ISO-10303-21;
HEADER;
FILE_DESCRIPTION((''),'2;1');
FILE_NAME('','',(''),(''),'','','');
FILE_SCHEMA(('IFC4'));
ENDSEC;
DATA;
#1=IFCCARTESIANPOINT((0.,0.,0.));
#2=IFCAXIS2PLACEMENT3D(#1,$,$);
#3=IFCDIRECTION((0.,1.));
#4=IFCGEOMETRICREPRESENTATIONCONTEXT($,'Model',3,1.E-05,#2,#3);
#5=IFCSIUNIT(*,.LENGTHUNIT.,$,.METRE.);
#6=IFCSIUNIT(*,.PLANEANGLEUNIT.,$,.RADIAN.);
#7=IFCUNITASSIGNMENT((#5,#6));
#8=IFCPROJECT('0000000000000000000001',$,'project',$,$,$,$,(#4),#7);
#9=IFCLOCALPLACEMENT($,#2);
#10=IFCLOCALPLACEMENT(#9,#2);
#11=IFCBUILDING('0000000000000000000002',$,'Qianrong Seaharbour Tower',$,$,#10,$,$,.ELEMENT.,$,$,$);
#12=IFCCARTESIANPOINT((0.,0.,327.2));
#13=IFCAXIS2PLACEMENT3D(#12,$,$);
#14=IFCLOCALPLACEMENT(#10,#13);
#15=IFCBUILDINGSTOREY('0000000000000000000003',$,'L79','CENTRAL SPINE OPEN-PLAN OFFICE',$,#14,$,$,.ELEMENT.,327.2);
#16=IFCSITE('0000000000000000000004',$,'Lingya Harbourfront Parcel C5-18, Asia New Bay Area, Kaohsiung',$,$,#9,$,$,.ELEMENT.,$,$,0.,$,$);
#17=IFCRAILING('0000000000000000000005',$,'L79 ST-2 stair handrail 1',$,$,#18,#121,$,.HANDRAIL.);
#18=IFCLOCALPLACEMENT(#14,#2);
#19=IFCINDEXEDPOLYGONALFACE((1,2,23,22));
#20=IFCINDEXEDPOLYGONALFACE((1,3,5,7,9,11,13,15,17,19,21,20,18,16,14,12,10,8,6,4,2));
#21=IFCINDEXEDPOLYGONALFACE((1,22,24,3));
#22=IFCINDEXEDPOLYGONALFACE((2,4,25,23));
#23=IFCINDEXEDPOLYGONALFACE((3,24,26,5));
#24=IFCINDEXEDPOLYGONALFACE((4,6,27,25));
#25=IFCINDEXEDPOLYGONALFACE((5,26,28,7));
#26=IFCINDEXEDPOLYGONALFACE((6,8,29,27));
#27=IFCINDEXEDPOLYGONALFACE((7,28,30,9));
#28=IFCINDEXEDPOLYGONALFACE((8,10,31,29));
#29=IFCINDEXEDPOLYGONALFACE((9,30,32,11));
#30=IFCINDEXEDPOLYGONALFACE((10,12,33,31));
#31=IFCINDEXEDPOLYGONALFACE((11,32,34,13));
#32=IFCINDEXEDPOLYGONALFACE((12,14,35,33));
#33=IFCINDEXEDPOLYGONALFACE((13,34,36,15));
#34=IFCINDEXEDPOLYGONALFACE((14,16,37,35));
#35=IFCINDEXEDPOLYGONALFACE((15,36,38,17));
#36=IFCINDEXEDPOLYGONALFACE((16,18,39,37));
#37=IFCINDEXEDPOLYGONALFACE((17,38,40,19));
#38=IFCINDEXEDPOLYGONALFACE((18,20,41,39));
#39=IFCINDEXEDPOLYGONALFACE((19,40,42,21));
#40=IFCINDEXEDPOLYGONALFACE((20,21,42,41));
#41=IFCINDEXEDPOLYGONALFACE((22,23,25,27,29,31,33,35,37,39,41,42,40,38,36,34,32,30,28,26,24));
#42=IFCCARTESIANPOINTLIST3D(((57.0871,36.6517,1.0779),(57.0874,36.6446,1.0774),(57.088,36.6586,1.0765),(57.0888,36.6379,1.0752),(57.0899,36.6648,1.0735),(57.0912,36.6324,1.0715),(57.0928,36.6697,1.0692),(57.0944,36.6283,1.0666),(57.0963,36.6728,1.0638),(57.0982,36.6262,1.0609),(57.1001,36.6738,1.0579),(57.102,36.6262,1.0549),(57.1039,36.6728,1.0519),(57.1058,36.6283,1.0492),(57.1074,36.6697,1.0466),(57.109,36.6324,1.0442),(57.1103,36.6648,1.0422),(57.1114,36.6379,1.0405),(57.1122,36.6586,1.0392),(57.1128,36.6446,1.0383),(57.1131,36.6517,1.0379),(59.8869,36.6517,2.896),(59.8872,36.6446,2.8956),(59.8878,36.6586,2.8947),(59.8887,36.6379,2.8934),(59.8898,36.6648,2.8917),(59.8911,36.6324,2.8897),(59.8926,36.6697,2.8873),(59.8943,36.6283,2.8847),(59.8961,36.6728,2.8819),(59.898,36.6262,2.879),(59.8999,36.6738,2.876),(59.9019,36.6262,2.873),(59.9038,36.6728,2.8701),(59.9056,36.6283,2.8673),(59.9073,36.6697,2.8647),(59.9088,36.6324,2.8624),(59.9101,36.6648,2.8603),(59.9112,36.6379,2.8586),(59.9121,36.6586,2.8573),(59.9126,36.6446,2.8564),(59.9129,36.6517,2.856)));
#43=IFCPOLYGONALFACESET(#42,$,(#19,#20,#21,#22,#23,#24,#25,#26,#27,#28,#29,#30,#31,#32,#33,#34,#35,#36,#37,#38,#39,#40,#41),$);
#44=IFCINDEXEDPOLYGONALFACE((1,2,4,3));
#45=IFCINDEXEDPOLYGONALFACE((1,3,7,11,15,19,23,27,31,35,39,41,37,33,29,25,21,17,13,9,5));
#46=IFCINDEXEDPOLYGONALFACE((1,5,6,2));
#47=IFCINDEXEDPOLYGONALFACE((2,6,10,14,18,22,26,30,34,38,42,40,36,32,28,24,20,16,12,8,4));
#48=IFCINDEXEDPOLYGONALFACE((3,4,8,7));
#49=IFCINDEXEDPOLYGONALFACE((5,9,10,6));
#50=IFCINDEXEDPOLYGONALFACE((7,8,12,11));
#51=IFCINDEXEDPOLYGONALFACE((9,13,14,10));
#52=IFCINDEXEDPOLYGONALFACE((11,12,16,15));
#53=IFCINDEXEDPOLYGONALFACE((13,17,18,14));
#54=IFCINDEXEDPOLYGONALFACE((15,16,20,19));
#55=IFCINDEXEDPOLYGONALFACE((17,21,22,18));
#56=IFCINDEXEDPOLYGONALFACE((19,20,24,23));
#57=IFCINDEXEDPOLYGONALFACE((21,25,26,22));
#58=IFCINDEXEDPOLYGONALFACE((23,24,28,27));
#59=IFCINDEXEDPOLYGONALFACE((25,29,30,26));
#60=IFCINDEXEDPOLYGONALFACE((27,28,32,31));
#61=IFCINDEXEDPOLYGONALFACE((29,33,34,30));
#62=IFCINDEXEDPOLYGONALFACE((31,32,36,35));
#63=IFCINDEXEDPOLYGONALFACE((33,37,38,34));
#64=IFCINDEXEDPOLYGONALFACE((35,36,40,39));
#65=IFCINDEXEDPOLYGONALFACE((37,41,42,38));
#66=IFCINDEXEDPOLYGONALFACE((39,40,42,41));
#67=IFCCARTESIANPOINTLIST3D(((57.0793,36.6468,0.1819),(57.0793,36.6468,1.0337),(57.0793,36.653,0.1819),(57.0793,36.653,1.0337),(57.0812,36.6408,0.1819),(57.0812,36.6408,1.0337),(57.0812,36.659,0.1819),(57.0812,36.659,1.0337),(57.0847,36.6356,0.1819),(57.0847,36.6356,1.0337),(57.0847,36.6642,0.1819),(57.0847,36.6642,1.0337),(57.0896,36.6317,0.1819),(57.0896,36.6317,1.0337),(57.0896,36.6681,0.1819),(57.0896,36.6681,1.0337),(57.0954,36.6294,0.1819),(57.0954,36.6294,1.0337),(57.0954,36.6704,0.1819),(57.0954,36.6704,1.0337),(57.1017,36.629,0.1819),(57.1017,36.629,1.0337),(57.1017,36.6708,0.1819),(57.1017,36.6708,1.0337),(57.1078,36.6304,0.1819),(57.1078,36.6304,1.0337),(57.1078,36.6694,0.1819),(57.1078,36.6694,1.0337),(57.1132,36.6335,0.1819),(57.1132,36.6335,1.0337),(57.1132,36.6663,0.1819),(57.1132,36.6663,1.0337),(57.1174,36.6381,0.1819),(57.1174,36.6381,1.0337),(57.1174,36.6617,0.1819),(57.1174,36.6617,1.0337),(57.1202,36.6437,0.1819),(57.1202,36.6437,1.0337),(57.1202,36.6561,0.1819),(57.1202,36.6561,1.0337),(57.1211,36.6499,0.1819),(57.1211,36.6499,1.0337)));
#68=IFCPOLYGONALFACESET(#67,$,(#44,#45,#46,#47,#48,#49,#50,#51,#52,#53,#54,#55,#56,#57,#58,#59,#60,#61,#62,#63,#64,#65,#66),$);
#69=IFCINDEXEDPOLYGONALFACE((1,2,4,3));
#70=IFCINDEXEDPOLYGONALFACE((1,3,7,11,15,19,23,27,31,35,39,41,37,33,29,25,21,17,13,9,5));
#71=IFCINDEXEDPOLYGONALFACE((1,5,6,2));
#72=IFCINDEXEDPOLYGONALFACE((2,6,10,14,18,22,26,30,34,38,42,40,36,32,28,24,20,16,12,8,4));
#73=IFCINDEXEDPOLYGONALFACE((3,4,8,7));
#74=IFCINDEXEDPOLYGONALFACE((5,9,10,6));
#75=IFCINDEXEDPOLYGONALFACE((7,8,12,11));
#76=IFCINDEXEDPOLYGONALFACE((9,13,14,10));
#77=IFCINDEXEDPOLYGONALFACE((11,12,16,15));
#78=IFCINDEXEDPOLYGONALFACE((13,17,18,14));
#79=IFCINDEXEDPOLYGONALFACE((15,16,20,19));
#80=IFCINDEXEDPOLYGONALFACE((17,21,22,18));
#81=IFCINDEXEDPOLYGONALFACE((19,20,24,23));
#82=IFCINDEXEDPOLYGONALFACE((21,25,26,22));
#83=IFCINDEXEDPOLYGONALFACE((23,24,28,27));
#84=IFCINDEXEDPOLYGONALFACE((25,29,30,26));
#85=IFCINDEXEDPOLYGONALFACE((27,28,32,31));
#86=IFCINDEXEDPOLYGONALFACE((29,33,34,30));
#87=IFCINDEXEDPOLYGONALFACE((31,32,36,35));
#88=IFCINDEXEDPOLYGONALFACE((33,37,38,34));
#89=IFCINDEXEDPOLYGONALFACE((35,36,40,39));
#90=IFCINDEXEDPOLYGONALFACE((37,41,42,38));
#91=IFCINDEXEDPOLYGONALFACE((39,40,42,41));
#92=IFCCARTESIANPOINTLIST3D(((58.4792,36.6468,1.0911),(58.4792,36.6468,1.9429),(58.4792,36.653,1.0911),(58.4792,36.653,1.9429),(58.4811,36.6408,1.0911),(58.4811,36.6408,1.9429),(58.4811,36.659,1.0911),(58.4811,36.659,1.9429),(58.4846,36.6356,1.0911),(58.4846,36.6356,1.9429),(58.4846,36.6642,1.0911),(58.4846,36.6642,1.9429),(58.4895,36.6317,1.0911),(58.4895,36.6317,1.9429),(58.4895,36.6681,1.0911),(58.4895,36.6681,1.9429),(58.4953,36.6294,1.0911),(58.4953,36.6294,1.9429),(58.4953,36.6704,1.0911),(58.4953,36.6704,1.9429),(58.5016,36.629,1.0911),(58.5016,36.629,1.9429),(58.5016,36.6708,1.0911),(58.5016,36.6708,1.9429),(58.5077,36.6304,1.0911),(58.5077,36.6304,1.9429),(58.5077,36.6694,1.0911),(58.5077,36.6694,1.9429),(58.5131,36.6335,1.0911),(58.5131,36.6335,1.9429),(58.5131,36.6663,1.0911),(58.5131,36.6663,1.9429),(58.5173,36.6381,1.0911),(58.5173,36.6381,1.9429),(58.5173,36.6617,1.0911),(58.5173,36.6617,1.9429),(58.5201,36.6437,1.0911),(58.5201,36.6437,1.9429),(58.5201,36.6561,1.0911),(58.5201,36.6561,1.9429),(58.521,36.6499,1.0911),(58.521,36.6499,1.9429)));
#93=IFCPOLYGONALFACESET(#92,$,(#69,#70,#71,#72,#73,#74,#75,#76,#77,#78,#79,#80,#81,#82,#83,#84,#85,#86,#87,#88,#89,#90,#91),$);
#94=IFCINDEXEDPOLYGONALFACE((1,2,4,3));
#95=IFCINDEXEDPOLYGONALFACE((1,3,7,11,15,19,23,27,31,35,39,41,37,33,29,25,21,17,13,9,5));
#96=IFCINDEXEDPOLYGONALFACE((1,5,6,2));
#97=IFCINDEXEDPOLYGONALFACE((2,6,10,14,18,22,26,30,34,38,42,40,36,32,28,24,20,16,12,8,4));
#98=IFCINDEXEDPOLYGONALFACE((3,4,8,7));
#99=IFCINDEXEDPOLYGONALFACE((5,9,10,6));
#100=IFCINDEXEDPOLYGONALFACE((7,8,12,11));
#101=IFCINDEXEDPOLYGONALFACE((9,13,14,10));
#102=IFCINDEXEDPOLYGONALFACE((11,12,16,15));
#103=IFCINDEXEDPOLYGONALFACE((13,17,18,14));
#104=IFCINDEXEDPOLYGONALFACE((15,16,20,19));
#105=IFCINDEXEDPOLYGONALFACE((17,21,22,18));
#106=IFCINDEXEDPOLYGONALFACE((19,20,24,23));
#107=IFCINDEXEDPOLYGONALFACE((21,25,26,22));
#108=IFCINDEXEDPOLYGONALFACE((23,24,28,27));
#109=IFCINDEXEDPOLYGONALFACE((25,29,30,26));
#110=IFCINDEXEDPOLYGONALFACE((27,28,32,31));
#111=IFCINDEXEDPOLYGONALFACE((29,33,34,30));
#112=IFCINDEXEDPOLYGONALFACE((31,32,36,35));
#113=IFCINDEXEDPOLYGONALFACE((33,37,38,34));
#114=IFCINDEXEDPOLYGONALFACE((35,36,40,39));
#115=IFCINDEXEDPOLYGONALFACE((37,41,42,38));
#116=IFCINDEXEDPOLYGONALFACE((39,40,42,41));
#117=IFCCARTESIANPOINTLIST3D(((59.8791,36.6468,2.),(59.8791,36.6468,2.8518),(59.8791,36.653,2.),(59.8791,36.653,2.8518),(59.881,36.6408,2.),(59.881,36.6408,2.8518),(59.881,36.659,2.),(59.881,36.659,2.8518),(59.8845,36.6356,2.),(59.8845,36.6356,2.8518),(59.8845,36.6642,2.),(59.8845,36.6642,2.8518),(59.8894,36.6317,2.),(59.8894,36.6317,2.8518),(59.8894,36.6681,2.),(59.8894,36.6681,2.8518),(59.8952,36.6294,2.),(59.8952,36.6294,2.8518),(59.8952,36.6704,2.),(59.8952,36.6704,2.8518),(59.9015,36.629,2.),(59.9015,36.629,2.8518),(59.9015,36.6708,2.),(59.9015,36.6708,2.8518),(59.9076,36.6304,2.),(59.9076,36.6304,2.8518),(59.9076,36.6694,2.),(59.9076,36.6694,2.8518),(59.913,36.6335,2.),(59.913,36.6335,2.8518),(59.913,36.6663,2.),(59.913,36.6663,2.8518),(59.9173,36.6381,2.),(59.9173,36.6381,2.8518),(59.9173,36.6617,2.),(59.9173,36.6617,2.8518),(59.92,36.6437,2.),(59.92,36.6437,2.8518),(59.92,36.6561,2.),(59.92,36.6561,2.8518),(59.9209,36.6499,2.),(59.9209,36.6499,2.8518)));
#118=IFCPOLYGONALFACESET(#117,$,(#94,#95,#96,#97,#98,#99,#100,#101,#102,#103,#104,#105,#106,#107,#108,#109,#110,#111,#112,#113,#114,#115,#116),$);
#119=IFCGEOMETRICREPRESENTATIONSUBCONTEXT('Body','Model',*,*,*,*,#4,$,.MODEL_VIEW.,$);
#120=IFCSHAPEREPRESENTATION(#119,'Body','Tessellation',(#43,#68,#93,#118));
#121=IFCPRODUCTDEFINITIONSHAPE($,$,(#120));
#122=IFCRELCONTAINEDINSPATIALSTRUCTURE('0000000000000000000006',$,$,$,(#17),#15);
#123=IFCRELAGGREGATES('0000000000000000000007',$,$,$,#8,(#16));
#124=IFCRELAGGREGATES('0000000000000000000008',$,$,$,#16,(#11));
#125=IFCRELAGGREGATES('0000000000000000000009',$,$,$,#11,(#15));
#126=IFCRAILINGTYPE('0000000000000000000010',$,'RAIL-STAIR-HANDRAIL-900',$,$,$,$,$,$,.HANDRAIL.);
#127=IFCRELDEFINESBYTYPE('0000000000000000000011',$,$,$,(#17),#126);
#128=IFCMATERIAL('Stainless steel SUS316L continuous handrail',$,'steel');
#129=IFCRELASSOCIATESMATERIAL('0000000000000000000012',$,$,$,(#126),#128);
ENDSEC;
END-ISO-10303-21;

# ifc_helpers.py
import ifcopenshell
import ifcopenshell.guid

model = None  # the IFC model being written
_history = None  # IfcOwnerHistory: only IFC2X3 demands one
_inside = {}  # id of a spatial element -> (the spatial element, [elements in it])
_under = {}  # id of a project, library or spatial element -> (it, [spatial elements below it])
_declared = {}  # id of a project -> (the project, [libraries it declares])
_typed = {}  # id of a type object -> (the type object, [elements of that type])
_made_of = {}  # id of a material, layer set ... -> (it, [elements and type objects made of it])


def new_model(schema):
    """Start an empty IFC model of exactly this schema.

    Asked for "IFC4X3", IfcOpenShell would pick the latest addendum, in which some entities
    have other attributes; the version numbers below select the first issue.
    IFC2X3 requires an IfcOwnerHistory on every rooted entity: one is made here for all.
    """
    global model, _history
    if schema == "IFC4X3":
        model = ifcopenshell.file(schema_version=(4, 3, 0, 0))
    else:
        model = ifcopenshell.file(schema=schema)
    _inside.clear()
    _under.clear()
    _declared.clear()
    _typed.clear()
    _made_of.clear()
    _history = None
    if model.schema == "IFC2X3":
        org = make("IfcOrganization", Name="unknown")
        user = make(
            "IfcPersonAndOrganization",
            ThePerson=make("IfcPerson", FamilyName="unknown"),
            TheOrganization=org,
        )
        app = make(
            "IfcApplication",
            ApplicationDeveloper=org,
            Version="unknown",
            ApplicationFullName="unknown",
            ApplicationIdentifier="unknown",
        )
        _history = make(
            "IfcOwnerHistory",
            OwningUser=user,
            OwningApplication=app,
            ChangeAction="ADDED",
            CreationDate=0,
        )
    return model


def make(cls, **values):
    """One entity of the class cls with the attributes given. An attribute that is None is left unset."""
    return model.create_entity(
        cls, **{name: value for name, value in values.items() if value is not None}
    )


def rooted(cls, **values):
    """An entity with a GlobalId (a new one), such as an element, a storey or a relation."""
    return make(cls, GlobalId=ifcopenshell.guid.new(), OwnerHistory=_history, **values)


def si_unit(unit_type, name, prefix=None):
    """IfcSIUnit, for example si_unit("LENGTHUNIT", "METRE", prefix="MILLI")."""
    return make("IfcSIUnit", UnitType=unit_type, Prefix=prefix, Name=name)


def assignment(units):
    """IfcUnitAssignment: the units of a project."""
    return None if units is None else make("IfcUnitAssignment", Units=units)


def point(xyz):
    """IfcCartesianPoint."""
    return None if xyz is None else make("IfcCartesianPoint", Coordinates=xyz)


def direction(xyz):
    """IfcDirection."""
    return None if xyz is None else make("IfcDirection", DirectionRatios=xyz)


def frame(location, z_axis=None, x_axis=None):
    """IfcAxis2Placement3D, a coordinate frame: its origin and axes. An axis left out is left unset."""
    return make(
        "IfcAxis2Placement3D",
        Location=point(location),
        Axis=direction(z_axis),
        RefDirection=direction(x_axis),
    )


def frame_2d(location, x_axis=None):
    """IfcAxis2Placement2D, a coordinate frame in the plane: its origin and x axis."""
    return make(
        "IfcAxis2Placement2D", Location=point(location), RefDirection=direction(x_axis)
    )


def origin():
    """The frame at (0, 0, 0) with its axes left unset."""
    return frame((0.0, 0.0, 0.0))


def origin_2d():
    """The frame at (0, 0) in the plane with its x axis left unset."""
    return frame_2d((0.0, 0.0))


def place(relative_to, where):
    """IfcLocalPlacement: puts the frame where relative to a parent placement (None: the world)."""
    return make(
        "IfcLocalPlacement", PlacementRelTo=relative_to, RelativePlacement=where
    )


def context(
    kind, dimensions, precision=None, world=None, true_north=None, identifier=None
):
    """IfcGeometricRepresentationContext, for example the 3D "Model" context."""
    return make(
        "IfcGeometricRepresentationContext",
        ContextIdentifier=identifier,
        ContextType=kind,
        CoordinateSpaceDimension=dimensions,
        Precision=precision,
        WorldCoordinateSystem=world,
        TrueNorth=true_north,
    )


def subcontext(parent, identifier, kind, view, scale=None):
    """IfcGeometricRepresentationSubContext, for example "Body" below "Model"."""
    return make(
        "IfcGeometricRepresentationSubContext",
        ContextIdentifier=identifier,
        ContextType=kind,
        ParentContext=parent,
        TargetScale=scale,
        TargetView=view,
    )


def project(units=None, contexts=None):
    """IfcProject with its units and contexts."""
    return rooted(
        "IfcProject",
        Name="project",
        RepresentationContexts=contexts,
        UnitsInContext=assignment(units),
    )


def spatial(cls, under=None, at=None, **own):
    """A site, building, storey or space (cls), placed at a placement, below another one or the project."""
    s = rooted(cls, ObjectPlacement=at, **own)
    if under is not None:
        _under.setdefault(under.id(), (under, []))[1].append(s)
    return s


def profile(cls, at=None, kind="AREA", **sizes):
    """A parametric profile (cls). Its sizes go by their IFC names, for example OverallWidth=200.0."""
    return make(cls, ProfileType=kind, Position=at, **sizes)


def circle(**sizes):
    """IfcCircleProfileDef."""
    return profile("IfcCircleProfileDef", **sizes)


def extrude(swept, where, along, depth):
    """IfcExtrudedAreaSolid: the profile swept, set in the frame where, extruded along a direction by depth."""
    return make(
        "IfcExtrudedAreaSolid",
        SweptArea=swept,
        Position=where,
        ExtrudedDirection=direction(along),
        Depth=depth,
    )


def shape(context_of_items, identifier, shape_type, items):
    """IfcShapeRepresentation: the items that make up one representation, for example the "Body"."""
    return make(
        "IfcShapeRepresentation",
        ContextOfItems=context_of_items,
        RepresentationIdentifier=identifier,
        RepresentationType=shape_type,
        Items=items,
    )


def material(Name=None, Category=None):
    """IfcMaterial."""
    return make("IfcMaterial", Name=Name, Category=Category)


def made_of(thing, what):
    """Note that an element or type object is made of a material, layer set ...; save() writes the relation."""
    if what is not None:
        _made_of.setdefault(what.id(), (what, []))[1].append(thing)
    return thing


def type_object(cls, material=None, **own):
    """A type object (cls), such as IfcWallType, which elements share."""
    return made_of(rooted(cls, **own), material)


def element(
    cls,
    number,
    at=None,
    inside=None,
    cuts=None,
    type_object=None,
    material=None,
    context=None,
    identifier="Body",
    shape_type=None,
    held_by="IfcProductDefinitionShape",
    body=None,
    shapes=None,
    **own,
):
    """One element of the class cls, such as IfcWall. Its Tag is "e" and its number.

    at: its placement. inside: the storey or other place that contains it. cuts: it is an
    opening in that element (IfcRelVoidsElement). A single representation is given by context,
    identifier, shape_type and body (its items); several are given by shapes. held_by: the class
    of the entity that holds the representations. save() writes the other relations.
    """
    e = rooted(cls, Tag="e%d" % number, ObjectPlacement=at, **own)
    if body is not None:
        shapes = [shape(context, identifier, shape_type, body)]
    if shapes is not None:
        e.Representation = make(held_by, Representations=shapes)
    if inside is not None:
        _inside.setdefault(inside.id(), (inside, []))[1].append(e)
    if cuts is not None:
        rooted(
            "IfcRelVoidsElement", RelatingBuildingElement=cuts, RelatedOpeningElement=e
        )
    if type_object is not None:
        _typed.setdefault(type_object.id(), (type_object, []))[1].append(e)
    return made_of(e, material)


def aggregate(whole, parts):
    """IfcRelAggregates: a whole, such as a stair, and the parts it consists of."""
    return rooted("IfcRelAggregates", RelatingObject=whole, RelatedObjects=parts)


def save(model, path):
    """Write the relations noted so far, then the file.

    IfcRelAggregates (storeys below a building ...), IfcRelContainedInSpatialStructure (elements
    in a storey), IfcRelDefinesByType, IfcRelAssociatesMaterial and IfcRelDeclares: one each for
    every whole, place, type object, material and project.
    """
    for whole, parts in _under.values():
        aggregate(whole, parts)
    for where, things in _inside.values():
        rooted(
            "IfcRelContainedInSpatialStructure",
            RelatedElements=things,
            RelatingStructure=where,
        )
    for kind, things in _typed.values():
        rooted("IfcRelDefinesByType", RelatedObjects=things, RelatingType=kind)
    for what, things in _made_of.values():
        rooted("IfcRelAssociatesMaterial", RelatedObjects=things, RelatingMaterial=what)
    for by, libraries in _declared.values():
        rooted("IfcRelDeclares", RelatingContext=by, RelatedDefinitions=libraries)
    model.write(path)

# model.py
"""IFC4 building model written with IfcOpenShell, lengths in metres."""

from ifc_helpers import new_model, si_unit, direction, frame, origin, origin_2d, place, context, subcontext, project, spatial, circle, extrude, material, type_object, element, save


model = new_model("IFC4")

# Units and contexts
model_context = context("Model", 3, precision=1e-05, world=origin(), true_north=direction((0.0, 1.0)))
body_context = subcontext(model_context, "Body", "Model", "MODEL_VIEW")
ifc_project = project(units=[si_unit("LENGTHUNIT", "METRE"), si_unit("PLANEANGLEUNIT", "RADIAN")], contexts=[model_context])

# Site, building, storey
site_placement = place(None, origin())
site = spatial("IfcSite", under=ifc_project, at=site_placement, Name="Lingya Harbourfront Parcel C5-18, Asia New Bay Area, Kaohsiung", CompositionType="ELEMENT", RefElevation=0.0)
building_placement = place(site_placement, origin())
building = spatial("IfcBuilding", under=site, at=building_placement, Name="Qianrong Seaharbour Tower", CompositionType="ELEMENT")
storey_placement = place(building_placement, frame((0.0, 0.0, 327.2)))
storey = spatial("IfcBuildingStorey", under=building, at=storey_placement, Name="L79", Description="CENTRAL SPINE OPEN-PLAN OFFICE", CompositionType="ELEMENT", Elevation=327.2)

# Railing
ifc_material_1 = material(Name="Stainless steel SUS316L continuous handrail", Category="steel")
railing_type_1 = type_object("IfcRailingType", Name="RAIL-STAIR-HANDRAIL-900", PredefinedType="HANDRAIL", material=ifc_material_1)
railing_1_placement = place(storey_placement, frame((57.1001, 36.6499, 0.1819)))
element("IfcRailing", 1, at=railing_1_placement, inside=storey, type_object=railing_type_1, Name="L79 ST-2 stair handrail 1", PredefinedType="HANDRAIL", context=body_context, shape_type="SweptSolid", body=[
    extrude(circle(Radius=0.0239, at=origin_2d()), frame((0.0, 0.0, 0.876), z_axis=(0.838684, 0.0, 0.544618), x_axis=(0.0, 1.0, 0.0)), (0.0, 0.0, 1.0), 3.3384),
    extrude(circle(Radius=0.021, at=origin_2d()), origin(), (0.0, 0.0, 1.0), 0.8518),
    extrude(circle(Radius=0.021, at=origin_2d()), frame((1.3999, 0.0, 0.9092)), (0.0, 0.0, 1.0), 0.8518),
    extrude(circle(Radius=0.021, at=origin_2d()), frame((2.7998, 0.0, 1.8181)), (0.0, 0.0, 1.0), 0.8518),
])

save(model, "model.ifc")
